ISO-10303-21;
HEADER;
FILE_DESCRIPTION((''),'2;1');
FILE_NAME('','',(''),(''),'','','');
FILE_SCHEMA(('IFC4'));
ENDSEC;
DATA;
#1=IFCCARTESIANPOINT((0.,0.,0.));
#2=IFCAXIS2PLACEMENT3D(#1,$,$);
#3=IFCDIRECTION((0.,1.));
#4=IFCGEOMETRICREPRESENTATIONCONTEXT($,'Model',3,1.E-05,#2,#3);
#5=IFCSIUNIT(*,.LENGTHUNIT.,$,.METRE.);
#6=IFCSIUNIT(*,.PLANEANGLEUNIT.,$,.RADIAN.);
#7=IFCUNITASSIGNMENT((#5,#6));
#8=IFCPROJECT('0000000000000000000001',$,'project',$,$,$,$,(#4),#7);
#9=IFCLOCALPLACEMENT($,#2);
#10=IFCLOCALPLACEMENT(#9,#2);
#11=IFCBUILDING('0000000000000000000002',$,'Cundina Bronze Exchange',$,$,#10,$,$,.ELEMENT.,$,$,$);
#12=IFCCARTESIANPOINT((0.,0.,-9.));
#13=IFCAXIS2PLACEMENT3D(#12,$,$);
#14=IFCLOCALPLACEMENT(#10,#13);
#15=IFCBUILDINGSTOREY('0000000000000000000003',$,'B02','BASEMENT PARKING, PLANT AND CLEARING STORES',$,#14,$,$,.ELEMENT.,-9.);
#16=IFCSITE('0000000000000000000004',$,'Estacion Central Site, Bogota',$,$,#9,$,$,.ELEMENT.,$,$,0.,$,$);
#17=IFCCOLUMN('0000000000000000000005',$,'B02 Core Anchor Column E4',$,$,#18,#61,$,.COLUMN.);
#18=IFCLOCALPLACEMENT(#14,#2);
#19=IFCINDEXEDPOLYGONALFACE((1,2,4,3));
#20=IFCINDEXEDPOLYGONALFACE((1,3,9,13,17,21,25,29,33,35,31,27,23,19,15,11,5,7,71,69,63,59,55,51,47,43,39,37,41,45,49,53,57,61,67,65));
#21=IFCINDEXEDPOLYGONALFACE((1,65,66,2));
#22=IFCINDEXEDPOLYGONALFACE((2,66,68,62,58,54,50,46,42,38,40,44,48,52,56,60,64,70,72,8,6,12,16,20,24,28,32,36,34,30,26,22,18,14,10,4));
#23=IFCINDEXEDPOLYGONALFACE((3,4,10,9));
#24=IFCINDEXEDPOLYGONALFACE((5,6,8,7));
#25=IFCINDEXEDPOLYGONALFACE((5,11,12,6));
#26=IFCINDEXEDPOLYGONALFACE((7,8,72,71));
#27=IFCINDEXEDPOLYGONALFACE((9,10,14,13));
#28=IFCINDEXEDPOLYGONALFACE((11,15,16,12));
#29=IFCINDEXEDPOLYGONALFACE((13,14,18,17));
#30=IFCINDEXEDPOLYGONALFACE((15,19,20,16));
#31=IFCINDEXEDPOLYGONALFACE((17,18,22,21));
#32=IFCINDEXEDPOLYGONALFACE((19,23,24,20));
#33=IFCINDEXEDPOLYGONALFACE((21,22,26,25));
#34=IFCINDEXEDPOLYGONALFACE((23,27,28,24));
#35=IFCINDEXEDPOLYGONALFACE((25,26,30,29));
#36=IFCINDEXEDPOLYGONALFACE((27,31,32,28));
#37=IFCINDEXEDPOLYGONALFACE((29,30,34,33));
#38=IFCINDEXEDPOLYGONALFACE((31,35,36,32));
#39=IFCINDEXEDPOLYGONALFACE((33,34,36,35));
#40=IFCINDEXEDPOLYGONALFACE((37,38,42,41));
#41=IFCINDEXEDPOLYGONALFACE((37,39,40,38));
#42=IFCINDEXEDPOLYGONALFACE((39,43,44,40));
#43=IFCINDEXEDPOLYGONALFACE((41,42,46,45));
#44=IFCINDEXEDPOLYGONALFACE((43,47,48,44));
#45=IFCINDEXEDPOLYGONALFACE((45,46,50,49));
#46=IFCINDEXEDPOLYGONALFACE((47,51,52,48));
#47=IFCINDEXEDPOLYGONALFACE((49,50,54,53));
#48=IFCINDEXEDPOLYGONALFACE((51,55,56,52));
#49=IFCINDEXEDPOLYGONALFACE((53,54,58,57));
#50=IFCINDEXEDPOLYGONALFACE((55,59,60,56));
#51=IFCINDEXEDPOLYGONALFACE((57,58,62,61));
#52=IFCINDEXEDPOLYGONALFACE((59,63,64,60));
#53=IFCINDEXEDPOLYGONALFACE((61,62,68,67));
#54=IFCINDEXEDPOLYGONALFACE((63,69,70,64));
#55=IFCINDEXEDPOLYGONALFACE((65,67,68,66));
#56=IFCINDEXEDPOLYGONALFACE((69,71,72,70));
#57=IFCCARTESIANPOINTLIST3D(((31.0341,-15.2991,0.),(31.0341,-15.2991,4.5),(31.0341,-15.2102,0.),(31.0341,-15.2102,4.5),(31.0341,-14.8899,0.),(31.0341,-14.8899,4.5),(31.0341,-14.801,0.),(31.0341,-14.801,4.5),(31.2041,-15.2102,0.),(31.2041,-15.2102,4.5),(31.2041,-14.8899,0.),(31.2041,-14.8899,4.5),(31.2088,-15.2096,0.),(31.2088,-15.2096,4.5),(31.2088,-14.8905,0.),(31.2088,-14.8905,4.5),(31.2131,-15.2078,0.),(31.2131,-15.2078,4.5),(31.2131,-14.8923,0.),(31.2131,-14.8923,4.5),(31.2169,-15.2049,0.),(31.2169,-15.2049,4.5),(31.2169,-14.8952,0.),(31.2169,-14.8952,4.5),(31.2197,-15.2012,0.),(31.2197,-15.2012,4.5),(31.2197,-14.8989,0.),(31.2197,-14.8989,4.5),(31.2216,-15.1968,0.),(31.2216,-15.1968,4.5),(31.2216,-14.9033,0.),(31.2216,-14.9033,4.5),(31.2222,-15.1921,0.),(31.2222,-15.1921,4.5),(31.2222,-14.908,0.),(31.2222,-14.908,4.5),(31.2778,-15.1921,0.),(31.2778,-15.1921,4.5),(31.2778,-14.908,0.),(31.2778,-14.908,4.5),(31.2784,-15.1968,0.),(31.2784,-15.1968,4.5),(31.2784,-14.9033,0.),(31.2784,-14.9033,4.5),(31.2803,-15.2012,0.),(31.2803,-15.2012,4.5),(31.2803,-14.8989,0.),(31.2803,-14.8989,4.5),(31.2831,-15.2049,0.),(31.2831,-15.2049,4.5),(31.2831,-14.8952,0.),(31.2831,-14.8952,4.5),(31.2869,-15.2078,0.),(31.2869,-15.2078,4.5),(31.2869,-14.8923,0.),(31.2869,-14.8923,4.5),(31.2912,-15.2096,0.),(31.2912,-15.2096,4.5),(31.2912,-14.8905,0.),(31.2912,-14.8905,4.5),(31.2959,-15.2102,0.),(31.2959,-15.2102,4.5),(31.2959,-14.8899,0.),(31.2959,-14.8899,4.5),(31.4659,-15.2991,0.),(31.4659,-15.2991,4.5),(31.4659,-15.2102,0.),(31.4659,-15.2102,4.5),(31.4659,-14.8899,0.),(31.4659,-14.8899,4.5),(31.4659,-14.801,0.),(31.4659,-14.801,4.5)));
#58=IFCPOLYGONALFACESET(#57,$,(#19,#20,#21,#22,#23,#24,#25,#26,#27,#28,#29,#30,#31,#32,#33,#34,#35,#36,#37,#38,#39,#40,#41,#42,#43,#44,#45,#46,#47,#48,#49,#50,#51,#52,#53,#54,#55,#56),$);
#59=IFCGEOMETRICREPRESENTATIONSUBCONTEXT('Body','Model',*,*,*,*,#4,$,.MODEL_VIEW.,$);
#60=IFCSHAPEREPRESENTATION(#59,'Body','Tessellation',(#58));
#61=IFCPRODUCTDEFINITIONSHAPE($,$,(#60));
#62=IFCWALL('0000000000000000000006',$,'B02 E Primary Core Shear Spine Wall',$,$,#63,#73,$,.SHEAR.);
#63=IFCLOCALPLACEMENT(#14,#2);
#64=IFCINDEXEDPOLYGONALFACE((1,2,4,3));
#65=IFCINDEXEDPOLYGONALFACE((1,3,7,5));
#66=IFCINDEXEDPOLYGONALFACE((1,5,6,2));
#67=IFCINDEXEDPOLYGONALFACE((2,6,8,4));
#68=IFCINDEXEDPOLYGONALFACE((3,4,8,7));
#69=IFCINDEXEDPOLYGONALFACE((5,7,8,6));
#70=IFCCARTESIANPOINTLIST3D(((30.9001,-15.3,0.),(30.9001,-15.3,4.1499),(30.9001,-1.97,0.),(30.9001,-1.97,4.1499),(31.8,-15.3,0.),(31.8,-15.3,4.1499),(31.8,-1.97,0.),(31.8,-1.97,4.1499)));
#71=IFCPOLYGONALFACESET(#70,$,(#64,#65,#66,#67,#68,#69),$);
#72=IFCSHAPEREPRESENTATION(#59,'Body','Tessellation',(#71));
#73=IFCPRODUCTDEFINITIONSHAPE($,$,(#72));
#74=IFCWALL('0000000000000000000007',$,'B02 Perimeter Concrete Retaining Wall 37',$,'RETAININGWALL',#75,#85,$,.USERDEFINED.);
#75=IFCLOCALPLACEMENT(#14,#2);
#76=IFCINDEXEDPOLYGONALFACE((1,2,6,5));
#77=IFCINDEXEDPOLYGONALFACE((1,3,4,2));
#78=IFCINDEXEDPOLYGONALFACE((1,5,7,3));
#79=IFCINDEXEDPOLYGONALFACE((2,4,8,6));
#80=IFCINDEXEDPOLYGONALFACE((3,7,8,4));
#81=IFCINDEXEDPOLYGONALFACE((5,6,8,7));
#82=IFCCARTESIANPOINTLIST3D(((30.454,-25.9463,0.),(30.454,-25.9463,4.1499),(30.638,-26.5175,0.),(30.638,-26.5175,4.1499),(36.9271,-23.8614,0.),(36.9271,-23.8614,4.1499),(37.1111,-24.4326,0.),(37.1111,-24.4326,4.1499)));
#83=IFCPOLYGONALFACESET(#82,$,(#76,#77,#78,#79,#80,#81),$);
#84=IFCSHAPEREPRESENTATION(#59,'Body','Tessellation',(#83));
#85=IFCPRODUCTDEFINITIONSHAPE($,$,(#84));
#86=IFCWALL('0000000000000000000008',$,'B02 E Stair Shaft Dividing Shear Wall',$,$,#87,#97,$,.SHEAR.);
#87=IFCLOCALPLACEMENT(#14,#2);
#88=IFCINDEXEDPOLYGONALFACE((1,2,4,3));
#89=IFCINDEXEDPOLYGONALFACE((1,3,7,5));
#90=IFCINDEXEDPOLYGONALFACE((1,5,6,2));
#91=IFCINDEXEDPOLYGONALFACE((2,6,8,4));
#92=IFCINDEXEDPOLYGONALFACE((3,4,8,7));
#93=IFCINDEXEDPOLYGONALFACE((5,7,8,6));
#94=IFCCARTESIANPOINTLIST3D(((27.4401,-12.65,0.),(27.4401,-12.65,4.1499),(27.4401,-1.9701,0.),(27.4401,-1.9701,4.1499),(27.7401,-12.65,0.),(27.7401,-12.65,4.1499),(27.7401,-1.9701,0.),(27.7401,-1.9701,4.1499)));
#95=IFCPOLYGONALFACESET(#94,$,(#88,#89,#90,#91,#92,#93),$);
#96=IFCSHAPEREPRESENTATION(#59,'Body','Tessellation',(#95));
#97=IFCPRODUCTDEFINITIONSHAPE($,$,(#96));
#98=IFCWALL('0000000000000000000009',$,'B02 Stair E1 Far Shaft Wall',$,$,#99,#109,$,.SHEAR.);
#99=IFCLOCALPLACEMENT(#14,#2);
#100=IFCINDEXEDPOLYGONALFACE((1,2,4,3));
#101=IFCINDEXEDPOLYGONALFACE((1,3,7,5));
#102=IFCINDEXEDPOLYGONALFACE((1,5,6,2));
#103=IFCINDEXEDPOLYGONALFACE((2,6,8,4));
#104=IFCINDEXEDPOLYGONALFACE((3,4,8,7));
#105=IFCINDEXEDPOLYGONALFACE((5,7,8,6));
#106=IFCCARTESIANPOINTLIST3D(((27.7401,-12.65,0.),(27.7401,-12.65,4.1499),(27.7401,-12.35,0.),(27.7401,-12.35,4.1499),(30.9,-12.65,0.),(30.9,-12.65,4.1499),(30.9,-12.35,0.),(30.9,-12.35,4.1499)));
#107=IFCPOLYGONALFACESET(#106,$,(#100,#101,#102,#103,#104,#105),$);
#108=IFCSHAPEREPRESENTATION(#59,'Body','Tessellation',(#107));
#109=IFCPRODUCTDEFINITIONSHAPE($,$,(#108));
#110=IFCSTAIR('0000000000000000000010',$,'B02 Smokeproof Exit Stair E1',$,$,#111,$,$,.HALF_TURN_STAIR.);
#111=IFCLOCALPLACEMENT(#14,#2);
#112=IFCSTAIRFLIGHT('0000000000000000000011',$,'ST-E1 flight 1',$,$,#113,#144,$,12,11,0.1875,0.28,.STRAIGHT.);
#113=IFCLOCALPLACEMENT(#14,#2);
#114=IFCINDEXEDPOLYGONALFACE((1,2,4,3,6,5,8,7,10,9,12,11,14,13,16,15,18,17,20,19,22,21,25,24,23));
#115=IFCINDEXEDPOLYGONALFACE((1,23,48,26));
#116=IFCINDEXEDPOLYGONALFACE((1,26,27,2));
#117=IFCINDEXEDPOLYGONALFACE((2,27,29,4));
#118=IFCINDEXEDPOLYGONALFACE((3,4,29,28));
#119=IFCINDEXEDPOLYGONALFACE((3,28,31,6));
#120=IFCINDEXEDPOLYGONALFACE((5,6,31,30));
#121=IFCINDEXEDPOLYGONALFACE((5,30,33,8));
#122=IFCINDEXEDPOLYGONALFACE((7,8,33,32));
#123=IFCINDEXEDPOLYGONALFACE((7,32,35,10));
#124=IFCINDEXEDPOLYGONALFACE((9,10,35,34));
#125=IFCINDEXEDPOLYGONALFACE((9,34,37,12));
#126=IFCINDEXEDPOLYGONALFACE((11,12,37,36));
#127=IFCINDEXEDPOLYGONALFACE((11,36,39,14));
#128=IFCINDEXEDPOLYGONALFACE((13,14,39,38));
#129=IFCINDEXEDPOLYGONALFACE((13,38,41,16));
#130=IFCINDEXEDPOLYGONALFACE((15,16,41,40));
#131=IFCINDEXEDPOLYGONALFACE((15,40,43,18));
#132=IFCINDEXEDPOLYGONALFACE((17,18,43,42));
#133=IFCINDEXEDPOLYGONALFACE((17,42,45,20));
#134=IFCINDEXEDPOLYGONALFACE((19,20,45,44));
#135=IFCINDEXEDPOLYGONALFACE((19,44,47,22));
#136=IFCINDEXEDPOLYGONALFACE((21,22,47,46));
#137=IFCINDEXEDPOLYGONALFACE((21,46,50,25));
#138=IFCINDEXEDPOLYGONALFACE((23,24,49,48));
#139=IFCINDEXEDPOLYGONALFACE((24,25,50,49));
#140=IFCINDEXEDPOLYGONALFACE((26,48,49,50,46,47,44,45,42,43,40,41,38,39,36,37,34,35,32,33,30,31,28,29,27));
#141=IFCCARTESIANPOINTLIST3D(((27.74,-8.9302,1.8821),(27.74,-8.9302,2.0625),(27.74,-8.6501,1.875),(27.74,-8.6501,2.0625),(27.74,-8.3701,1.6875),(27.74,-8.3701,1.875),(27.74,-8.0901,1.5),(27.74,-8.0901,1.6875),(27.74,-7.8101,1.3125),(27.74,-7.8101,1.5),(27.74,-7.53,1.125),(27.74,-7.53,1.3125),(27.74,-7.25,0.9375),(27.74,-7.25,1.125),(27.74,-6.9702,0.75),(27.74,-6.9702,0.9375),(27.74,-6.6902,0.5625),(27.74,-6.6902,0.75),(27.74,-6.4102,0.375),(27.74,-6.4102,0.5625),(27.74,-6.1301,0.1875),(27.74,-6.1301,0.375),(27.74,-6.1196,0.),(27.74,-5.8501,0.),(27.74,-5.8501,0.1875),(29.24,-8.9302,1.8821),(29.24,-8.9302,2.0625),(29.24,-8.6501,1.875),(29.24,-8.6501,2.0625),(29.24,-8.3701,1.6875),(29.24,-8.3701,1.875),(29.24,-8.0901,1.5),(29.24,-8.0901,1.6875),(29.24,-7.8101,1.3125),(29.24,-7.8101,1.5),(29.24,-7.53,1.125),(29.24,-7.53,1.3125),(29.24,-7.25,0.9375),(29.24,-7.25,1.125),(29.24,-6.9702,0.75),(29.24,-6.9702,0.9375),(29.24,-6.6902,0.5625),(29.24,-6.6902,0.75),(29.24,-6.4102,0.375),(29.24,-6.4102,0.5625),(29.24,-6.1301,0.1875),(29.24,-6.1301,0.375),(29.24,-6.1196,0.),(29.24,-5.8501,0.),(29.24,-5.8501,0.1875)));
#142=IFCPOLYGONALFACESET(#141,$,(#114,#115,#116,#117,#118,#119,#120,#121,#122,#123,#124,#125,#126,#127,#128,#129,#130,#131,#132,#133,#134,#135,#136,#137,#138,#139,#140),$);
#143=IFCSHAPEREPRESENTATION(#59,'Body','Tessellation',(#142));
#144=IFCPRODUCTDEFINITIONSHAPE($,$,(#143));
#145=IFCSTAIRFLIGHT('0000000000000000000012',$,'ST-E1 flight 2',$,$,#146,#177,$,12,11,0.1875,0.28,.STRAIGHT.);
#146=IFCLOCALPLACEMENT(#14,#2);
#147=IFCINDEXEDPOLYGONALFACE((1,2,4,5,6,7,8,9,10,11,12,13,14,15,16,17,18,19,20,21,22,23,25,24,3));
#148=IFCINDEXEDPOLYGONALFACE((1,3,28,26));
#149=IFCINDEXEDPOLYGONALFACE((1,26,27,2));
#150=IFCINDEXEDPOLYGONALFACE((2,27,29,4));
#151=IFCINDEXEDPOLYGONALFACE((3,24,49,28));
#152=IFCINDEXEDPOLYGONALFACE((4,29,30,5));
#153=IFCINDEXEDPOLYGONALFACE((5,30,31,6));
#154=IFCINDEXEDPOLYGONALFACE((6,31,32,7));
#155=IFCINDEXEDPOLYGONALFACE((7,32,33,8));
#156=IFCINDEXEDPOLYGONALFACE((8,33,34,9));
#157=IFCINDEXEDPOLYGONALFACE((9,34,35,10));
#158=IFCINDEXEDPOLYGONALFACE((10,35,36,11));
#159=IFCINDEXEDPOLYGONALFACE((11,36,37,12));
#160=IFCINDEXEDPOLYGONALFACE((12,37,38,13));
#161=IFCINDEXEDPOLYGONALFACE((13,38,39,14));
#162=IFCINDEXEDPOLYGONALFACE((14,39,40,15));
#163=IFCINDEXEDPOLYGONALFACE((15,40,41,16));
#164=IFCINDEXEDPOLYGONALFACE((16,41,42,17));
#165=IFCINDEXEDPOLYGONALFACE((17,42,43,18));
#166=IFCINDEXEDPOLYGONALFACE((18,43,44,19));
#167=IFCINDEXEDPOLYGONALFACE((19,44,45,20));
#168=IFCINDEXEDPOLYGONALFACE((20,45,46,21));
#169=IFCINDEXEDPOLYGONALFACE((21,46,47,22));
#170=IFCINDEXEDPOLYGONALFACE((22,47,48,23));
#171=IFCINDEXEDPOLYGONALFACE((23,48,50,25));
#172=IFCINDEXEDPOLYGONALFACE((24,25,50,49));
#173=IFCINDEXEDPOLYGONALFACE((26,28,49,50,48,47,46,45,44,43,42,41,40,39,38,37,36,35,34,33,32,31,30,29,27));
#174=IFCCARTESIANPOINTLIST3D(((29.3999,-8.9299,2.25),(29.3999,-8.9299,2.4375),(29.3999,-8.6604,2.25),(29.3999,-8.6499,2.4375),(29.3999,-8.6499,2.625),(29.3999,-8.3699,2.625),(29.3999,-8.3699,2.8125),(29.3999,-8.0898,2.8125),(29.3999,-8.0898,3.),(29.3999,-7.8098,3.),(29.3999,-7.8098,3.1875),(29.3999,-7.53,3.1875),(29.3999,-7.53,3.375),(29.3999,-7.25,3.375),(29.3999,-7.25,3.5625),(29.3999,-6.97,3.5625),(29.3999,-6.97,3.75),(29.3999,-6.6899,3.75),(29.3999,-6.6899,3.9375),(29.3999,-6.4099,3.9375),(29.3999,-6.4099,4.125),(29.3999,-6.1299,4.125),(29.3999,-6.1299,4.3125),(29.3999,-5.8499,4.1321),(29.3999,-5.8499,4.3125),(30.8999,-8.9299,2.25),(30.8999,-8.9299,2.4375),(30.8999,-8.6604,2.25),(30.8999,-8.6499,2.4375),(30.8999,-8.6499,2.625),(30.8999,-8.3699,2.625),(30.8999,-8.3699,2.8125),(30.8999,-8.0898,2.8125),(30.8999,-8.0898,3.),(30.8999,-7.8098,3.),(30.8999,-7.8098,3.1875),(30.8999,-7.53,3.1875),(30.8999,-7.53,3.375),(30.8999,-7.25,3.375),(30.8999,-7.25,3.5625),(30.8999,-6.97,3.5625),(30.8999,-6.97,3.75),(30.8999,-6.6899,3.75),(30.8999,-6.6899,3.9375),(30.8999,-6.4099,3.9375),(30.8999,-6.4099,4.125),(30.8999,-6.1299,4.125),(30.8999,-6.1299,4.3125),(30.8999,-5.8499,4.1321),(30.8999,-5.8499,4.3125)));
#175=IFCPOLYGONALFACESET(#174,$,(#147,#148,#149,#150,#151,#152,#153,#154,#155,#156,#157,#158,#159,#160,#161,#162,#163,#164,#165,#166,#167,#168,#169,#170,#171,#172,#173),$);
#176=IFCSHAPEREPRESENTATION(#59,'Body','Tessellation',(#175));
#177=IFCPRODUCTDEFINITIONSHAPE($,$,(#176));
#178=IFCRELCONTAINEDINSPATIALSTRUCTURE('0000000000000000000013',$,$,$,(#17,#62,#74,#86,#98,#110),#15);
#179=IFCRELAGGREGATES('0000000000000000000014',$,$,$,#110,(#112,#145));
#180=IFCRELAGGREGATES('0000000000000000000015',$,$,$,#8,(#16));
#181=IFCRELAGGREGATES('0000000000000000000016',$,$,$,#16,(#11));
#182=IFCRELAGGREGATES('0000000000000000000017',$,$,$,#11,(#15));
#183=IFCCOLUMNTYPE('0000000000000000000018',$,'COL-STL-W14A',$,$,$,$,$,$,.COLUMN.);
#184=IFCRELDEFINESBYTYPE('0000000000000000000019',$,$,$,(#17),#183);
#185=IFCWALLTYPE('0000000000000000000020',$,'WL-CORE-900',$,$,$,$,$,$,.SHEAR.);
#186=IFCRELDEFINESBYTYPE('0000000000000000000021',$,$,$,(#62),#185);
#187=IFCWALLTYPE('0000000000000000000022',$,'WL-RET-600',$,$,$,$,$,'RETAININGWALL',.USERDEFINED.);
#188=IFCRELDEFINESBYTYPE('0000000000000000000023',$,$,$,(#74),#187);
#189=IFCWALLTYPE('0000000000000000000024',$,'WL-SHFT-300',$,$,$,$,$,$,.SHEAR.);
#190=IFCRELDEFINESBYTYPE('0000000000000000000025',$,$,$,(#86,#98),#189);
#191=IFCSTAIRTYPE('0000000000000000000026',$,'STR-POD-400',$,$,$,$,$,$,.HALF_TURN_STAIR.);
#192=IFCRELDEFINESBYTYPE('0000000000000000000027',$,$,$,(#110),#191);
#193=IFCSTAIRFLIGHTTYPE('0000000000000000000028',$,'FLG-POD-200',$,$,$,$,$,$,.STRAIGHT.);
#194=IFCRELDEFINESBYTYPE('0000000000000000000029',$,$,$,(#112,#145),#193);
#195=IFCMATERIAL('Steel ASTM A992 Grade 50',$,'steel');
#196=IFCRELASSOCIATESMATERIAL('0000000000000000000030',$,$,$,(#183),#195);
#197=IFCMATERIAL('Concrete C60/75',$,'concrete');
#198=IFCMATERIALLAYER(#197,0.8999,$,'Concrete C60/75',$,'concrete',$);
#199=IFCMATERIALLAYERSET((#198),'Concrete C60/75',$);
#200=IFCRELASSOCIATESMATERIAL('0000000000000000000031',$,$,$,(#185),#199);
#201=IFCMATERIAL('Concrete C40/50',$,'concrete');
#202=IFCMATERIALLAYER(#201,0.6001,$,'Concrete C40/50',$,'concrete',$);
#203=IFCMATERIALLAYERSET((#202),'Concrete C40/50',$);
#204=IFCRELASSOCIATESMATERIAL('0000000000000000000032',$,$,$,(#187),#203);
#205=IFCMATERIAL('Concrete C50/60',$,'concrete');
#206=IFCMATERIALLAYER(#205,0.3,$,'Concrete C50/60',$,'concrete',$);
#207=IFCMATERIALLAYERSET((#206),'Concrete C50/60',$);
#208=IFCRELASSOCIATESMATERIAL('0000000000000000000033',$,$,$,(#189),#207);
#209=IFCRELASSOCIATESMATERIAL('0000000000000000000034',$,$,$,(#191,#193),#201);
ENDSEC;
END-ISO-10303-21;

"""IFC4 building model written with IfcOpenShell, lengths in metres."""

from ifc_helpers import new_model, si_unit, direction, frame, frame_2d, origin, origin_2d, place, context, subcontext, project, spatial, polyline, rectangle, i_section, outline, extrude, material, layer, layer_set, material_profile, profile_set, type_object, element, aggregate, save


model = new_model("IFC4")

# Units and contexts
model_context = context("Model", 3, precision=1e-05, world=origin(), true_north=direction((0.0, 1.0)))
body_context = subcontext(model_context, "Body", "Model", "MODEL_VIEW")
ifc_project = project(units=[si_unit("LENGTHUNIT", "METRE"), si_unit("PLANEANGLEUNIT", "RADIAN")], contexts=[model_context])

# Site, building, storey
site_placement = place(None, origin())
site = spatial("IfcSite", under=ifc_project, at=site_placement, Name="Estacion Central Site, Bogota", CompositionType="ELEMENT", RefElevation=0.0)
building_placement = place(site_placement, origin())
building = spatial("IfcBuilding", under=site, at=building_placement, Name="Cundina Bronze Exchange", CompositionType="ELEMENT")
storey_placement = place(building_placement, frame((0.0, 0.0, -9.0)))
storey = spatial("IfcBuildingStorey", under=building, at=storey_placement, Name="B02", Description="BASEMENT PARKING, PLANT AND CLEARING STORES", CompositionType="ELEMENT", Elevation=-9.0)

# Shared definitions
ifc_material_1 = material(Name="Concrete C40/50", Category="concrete")

# Column
ifc_material_2 = material(Name="Concrete C60/75", Category="concrete")
ifc_material_3 = material(Name="Steel ASTM A992 Grade 50", Category="steel")
ifc_material_profile_1 = material_profile(ifc_material_3, i_section(OverallWidth=0.4319, OverallDepth=0.498, WebThickness=0.0557, FlangeThickness=0.0889, FilletRadius=0.0181, at=origin_2d()), Name="W14X500", Category="steel")
ifc_profile_set_1 = profile_set([ifc_material_profile_1], Name="Steel ASTM A992 Grade 50")
column_type_1 = type_object("IfcColumnType", Name="COL-STL-W14A", PredefinedType="COLUMN", material=ifc_profile_set_1)
column_1_placement = place(storey_placement, frame((31.25, -15.05, 0.0), z_axis=(0.0, 0.0, 1.0), x_axis=(1.0, 0.0, 0.0)))
element("IfcColumn", 1, at=column_1_placement, inside=storey, type_object=column_type_1, Name="B02 Core Anchor Column E4", PredefinedType="COLUMN", context=body_context, shape_type="SweptSolid", body=[
    extrude(i_section(OverallWidth=0.4319, OverallDepth=0.498, WebThickness=0.0557, FlangeThickness=0.0889, FilletRadius=0.0181, at=origin_2d()), origin(), (0.0, 0.0, 1.0), 4.5),
])

# Walls
ifc_layer_1 = layer(ifc_material_2, 0.8999, Name="Concrete C60/75", Category="concrete")
ifc_layer_set_1 = layer_set([ifc_layer_1], Name="Concrete C60/75")
wall_type_1 = type_object("IfcWallType", Name="WL-CORE-900", PredefinedType="SHEAR", material=ifc_layer_set_1)
wall_1_placement = place(storey_placement, frame((31.3501, -15.3, 0.0), z_axis=(0.0, 0.0, 1.0), x_axis=(0.0, 1.0, 0.0)))
element("IfcWall", 2, at=wall_1_placement, inside=storey, type_object=wall_type_1, Name="B02 E Primary Core Shear Spine Wall", PredefinedType="SHEAR", context=body_context, shape_type="SweptSolid", body=[
    extrude(rectangle(XDim=13.3301, YDim=0.8999, at=frame_2d((6.665, 0.0))), origin(), (0.0, 0.0, 1.0), 4.1499),
])
ifc_layer_2 = layer(ifc_material_1, 0.6001, Name="Concrete C40/50", Category="concrete")
ifc_layer_set_2 = layer_set([ifc_layer_2], Name="Concrete C40/50")
wall_type_2 = type_object("IfcWallType", Name="WL-RET-600", ElementType="RETAININGWALL", PredefinedType="USERDEFINED", material=ifc_layer_set_2)
wall_2_placement = place(storey_placement, frame((30.5459, -26.2319, 0.0), z_axis=(0.0, 0.0, 1.0), x_axis=(0.951844, 0.306583, 0.0)))
element("IfcWall", 3, at=wall_2_placement, inside=storey, type_object=wall_type_2, Name="B02 Perimeter Concrete Retaining Wall 37", ObjectType="RETAININGWALL", PredefinedType="USERDEFINED", context=body_context, shape_type="SweptSolid", body=[
    extrude(rectangle(XDim=6.8005, YDim=0.6001, at=frame_2d((3.4004, 0.0))), origin(), (0.0, 0.0, 1.0), 4.1499),
])
ifc_material_4 = material(Name="Concrete C50/60", Category="concrete")
ifc_layer_3 = layer(ifc_material_4, 0.3, Name="Concrete C50/60", Category="concrete")
ifc_layer_set_3 = layer_set([ifc_layer_3], Name="Concrete C50/60")
wall_type_3 = type_object("IfcWallType", Name="WL-SHFT-300", PredefinedType="SHEAR", material=ifc_layer_set_3)
wall_3_placement = place(storey_placement, frame((27.5901, -12.6499, 0.0), z_axis=(0.0, 0.0, 1.0), x_axis=(0.0, 1.0, 0.0)))
element("IfcWall", 4, at=wall_3_placement, inside=storey, type_object=wall_type_3, Name="B02 E Stair Shaft Dividing Shear Wall", PredefinedType="SHEAR", context=body_context, shape_type="SweptSolid", body=[
    extrude(rectangle(XDim=10.6799, YDim=0.3, at=frame_2d((5.3398, 0.0))), origin(), (0.0, 0.0, 1.0), 4.1499),
])

# Wall
wall_4_placement = place(storey_placement, frame((27.74, -12.5, 0.0), z_axis=(0.0, 0.0, 1.0), x_axis=(1.0, 0.0, 0.0)))
element("IfcWall", 5, at=wall_4_placement, inside=storey, type_object=wall_type_3, Name="B02 Stair E1 Far Shaft Wall", PredefinedType="SHEAR", context=body_context, shape_type="SweptSolid", body=[
    extrude(rectangle(XDim=3.1599, YDim=0.3, at=frame_2d((1.5801, 0.0))), origin(), (0.0, 0.0, 1.0), 4.1499),
])

# Stair, stair flights
stair_type = type_object("IfcStairType", Name="STR-POD-400", PredefinedType="HALF_TURN_STAIR", material=ifc_material_1)
stair_1_placement = place(storey_placement, origin())
stair_1 = element("IfcStair", 6, at=stair_1_placement, inside=storey, type_object=stair_type, Name="B02 Smokeproof Exit Stair E1", PredefinedType="HALF_TURN_STAIR")
stair_flight_type = type_object("IfcStairFlightType", Name="FLG-POD-200", PredefinedType="STRAIGHT", material=ifc_material_1)
stair_flight_1_placement = place(storey_placement, frame((28.49, -5.8501, 0.0), z_axis=(0.0, 0.0, 1.0), x_axis=(0.0, -1.0, 0.0)))
stair_flight_1 = element("IfcStairFlight", 7, at=stair_flight_1_placement, type_object=stair_flight_type, Name="ST-E1 flight 1", NumberOfRisers=12, NumberOfTreads=11, PredefinedType="STRAIGHT", RiserHeight=0.1875, TreadLength=0.28, context=body_context, shape_type="SweptSolid", body=[
    extrude(outline(polyline([(0.0, 0.0), (0.0, 0.1875), (0.28, 0.1875), (0.28, 0.375), (0.5601, 0.375), (0.5601, 0.5625), (0.8401, 0.5625), (0.8401, 0.75), (1.1201, 0.75), (1.1201, 0.9375), (1.3999, 0.9375), (1.3999, 1.125), (1.6799, 1.125), (1.6799, 1.3125), (1.96, 1.3125), (1.96, 1.5), (2.24, 1.5), (2.24, 1.6875), (2.52, 1.6875), (2.52, 1.875), (2.8, 1.875), (2.8, 2.0625), (3.0801, 2.0625), (3.0801, 2.25), (3.0801, 1.8821), (0.2695, 0.0), (0.0, 0.0)])), frame((0.0, 0.75, 0.0), z_axis=(0.0, -1.0, 0.0), x_axis=(1.0, 0.0, 0.0)), (0.0, 0.0, 1.0), 1.5),
])
stair_flight_2_placement = place(storey_placement, frame((30.1499, -8.9299, 2.25), z_axis=(0.0, 0.0, 1.0), x_axis=(0.0, 1.0, 0.0)))
stair_flight_2 = element("IfcStairFlight", 8, at=stair_flight_2_placement, type_object=stair_flight_type, Name="ST-E1 flight 2", NumberOfRisers=12, NumberOfTreads=11, PredefinedType="STRAIGHT", RiserHeight=0.1875, TreadLength=0.28, context=body_context, shape_type="SweptSolid", body=[
    extrude(outline(polyline([(0.0, 0.0), (0.0, 0.1875), (0.28, 0.1875), (0.28, 0.375), (0.5601, 0.375), (0.5601, 0.5625), (0.8401, 0.5625), (0.8401, 0.75), (1.1201, 0.75), (1.1201, 0.9375), (1.3999, 0.9375), (1.3999, 1.125), (1.6799, 1.125), (1.6799, 1.3125), (1.96, 1.3125), (1.96, 1.5), (2.24, 1.5), (2.24, 1.6875), (2.52, 1.6875), (2.52, 1.875), (2.8, 1.875), (2.8, 2.0625), (3.0801, 2.0625), (3.0801, 2.25), (3.0801, 1.8821), (0.2695, 0.0), (0.0, 0.0)])), frame((0.0, 0.75, 0.0), z_axis=(0.0, -1.0, 0.0), x_axis=(1.0, 0.0, 0.0)), (0.0, 0.0, 1.0), 1.5),
])
aggregate(stair_1, [stair_flight_1, stair_flight_2])

save(model, "model.ifc")
